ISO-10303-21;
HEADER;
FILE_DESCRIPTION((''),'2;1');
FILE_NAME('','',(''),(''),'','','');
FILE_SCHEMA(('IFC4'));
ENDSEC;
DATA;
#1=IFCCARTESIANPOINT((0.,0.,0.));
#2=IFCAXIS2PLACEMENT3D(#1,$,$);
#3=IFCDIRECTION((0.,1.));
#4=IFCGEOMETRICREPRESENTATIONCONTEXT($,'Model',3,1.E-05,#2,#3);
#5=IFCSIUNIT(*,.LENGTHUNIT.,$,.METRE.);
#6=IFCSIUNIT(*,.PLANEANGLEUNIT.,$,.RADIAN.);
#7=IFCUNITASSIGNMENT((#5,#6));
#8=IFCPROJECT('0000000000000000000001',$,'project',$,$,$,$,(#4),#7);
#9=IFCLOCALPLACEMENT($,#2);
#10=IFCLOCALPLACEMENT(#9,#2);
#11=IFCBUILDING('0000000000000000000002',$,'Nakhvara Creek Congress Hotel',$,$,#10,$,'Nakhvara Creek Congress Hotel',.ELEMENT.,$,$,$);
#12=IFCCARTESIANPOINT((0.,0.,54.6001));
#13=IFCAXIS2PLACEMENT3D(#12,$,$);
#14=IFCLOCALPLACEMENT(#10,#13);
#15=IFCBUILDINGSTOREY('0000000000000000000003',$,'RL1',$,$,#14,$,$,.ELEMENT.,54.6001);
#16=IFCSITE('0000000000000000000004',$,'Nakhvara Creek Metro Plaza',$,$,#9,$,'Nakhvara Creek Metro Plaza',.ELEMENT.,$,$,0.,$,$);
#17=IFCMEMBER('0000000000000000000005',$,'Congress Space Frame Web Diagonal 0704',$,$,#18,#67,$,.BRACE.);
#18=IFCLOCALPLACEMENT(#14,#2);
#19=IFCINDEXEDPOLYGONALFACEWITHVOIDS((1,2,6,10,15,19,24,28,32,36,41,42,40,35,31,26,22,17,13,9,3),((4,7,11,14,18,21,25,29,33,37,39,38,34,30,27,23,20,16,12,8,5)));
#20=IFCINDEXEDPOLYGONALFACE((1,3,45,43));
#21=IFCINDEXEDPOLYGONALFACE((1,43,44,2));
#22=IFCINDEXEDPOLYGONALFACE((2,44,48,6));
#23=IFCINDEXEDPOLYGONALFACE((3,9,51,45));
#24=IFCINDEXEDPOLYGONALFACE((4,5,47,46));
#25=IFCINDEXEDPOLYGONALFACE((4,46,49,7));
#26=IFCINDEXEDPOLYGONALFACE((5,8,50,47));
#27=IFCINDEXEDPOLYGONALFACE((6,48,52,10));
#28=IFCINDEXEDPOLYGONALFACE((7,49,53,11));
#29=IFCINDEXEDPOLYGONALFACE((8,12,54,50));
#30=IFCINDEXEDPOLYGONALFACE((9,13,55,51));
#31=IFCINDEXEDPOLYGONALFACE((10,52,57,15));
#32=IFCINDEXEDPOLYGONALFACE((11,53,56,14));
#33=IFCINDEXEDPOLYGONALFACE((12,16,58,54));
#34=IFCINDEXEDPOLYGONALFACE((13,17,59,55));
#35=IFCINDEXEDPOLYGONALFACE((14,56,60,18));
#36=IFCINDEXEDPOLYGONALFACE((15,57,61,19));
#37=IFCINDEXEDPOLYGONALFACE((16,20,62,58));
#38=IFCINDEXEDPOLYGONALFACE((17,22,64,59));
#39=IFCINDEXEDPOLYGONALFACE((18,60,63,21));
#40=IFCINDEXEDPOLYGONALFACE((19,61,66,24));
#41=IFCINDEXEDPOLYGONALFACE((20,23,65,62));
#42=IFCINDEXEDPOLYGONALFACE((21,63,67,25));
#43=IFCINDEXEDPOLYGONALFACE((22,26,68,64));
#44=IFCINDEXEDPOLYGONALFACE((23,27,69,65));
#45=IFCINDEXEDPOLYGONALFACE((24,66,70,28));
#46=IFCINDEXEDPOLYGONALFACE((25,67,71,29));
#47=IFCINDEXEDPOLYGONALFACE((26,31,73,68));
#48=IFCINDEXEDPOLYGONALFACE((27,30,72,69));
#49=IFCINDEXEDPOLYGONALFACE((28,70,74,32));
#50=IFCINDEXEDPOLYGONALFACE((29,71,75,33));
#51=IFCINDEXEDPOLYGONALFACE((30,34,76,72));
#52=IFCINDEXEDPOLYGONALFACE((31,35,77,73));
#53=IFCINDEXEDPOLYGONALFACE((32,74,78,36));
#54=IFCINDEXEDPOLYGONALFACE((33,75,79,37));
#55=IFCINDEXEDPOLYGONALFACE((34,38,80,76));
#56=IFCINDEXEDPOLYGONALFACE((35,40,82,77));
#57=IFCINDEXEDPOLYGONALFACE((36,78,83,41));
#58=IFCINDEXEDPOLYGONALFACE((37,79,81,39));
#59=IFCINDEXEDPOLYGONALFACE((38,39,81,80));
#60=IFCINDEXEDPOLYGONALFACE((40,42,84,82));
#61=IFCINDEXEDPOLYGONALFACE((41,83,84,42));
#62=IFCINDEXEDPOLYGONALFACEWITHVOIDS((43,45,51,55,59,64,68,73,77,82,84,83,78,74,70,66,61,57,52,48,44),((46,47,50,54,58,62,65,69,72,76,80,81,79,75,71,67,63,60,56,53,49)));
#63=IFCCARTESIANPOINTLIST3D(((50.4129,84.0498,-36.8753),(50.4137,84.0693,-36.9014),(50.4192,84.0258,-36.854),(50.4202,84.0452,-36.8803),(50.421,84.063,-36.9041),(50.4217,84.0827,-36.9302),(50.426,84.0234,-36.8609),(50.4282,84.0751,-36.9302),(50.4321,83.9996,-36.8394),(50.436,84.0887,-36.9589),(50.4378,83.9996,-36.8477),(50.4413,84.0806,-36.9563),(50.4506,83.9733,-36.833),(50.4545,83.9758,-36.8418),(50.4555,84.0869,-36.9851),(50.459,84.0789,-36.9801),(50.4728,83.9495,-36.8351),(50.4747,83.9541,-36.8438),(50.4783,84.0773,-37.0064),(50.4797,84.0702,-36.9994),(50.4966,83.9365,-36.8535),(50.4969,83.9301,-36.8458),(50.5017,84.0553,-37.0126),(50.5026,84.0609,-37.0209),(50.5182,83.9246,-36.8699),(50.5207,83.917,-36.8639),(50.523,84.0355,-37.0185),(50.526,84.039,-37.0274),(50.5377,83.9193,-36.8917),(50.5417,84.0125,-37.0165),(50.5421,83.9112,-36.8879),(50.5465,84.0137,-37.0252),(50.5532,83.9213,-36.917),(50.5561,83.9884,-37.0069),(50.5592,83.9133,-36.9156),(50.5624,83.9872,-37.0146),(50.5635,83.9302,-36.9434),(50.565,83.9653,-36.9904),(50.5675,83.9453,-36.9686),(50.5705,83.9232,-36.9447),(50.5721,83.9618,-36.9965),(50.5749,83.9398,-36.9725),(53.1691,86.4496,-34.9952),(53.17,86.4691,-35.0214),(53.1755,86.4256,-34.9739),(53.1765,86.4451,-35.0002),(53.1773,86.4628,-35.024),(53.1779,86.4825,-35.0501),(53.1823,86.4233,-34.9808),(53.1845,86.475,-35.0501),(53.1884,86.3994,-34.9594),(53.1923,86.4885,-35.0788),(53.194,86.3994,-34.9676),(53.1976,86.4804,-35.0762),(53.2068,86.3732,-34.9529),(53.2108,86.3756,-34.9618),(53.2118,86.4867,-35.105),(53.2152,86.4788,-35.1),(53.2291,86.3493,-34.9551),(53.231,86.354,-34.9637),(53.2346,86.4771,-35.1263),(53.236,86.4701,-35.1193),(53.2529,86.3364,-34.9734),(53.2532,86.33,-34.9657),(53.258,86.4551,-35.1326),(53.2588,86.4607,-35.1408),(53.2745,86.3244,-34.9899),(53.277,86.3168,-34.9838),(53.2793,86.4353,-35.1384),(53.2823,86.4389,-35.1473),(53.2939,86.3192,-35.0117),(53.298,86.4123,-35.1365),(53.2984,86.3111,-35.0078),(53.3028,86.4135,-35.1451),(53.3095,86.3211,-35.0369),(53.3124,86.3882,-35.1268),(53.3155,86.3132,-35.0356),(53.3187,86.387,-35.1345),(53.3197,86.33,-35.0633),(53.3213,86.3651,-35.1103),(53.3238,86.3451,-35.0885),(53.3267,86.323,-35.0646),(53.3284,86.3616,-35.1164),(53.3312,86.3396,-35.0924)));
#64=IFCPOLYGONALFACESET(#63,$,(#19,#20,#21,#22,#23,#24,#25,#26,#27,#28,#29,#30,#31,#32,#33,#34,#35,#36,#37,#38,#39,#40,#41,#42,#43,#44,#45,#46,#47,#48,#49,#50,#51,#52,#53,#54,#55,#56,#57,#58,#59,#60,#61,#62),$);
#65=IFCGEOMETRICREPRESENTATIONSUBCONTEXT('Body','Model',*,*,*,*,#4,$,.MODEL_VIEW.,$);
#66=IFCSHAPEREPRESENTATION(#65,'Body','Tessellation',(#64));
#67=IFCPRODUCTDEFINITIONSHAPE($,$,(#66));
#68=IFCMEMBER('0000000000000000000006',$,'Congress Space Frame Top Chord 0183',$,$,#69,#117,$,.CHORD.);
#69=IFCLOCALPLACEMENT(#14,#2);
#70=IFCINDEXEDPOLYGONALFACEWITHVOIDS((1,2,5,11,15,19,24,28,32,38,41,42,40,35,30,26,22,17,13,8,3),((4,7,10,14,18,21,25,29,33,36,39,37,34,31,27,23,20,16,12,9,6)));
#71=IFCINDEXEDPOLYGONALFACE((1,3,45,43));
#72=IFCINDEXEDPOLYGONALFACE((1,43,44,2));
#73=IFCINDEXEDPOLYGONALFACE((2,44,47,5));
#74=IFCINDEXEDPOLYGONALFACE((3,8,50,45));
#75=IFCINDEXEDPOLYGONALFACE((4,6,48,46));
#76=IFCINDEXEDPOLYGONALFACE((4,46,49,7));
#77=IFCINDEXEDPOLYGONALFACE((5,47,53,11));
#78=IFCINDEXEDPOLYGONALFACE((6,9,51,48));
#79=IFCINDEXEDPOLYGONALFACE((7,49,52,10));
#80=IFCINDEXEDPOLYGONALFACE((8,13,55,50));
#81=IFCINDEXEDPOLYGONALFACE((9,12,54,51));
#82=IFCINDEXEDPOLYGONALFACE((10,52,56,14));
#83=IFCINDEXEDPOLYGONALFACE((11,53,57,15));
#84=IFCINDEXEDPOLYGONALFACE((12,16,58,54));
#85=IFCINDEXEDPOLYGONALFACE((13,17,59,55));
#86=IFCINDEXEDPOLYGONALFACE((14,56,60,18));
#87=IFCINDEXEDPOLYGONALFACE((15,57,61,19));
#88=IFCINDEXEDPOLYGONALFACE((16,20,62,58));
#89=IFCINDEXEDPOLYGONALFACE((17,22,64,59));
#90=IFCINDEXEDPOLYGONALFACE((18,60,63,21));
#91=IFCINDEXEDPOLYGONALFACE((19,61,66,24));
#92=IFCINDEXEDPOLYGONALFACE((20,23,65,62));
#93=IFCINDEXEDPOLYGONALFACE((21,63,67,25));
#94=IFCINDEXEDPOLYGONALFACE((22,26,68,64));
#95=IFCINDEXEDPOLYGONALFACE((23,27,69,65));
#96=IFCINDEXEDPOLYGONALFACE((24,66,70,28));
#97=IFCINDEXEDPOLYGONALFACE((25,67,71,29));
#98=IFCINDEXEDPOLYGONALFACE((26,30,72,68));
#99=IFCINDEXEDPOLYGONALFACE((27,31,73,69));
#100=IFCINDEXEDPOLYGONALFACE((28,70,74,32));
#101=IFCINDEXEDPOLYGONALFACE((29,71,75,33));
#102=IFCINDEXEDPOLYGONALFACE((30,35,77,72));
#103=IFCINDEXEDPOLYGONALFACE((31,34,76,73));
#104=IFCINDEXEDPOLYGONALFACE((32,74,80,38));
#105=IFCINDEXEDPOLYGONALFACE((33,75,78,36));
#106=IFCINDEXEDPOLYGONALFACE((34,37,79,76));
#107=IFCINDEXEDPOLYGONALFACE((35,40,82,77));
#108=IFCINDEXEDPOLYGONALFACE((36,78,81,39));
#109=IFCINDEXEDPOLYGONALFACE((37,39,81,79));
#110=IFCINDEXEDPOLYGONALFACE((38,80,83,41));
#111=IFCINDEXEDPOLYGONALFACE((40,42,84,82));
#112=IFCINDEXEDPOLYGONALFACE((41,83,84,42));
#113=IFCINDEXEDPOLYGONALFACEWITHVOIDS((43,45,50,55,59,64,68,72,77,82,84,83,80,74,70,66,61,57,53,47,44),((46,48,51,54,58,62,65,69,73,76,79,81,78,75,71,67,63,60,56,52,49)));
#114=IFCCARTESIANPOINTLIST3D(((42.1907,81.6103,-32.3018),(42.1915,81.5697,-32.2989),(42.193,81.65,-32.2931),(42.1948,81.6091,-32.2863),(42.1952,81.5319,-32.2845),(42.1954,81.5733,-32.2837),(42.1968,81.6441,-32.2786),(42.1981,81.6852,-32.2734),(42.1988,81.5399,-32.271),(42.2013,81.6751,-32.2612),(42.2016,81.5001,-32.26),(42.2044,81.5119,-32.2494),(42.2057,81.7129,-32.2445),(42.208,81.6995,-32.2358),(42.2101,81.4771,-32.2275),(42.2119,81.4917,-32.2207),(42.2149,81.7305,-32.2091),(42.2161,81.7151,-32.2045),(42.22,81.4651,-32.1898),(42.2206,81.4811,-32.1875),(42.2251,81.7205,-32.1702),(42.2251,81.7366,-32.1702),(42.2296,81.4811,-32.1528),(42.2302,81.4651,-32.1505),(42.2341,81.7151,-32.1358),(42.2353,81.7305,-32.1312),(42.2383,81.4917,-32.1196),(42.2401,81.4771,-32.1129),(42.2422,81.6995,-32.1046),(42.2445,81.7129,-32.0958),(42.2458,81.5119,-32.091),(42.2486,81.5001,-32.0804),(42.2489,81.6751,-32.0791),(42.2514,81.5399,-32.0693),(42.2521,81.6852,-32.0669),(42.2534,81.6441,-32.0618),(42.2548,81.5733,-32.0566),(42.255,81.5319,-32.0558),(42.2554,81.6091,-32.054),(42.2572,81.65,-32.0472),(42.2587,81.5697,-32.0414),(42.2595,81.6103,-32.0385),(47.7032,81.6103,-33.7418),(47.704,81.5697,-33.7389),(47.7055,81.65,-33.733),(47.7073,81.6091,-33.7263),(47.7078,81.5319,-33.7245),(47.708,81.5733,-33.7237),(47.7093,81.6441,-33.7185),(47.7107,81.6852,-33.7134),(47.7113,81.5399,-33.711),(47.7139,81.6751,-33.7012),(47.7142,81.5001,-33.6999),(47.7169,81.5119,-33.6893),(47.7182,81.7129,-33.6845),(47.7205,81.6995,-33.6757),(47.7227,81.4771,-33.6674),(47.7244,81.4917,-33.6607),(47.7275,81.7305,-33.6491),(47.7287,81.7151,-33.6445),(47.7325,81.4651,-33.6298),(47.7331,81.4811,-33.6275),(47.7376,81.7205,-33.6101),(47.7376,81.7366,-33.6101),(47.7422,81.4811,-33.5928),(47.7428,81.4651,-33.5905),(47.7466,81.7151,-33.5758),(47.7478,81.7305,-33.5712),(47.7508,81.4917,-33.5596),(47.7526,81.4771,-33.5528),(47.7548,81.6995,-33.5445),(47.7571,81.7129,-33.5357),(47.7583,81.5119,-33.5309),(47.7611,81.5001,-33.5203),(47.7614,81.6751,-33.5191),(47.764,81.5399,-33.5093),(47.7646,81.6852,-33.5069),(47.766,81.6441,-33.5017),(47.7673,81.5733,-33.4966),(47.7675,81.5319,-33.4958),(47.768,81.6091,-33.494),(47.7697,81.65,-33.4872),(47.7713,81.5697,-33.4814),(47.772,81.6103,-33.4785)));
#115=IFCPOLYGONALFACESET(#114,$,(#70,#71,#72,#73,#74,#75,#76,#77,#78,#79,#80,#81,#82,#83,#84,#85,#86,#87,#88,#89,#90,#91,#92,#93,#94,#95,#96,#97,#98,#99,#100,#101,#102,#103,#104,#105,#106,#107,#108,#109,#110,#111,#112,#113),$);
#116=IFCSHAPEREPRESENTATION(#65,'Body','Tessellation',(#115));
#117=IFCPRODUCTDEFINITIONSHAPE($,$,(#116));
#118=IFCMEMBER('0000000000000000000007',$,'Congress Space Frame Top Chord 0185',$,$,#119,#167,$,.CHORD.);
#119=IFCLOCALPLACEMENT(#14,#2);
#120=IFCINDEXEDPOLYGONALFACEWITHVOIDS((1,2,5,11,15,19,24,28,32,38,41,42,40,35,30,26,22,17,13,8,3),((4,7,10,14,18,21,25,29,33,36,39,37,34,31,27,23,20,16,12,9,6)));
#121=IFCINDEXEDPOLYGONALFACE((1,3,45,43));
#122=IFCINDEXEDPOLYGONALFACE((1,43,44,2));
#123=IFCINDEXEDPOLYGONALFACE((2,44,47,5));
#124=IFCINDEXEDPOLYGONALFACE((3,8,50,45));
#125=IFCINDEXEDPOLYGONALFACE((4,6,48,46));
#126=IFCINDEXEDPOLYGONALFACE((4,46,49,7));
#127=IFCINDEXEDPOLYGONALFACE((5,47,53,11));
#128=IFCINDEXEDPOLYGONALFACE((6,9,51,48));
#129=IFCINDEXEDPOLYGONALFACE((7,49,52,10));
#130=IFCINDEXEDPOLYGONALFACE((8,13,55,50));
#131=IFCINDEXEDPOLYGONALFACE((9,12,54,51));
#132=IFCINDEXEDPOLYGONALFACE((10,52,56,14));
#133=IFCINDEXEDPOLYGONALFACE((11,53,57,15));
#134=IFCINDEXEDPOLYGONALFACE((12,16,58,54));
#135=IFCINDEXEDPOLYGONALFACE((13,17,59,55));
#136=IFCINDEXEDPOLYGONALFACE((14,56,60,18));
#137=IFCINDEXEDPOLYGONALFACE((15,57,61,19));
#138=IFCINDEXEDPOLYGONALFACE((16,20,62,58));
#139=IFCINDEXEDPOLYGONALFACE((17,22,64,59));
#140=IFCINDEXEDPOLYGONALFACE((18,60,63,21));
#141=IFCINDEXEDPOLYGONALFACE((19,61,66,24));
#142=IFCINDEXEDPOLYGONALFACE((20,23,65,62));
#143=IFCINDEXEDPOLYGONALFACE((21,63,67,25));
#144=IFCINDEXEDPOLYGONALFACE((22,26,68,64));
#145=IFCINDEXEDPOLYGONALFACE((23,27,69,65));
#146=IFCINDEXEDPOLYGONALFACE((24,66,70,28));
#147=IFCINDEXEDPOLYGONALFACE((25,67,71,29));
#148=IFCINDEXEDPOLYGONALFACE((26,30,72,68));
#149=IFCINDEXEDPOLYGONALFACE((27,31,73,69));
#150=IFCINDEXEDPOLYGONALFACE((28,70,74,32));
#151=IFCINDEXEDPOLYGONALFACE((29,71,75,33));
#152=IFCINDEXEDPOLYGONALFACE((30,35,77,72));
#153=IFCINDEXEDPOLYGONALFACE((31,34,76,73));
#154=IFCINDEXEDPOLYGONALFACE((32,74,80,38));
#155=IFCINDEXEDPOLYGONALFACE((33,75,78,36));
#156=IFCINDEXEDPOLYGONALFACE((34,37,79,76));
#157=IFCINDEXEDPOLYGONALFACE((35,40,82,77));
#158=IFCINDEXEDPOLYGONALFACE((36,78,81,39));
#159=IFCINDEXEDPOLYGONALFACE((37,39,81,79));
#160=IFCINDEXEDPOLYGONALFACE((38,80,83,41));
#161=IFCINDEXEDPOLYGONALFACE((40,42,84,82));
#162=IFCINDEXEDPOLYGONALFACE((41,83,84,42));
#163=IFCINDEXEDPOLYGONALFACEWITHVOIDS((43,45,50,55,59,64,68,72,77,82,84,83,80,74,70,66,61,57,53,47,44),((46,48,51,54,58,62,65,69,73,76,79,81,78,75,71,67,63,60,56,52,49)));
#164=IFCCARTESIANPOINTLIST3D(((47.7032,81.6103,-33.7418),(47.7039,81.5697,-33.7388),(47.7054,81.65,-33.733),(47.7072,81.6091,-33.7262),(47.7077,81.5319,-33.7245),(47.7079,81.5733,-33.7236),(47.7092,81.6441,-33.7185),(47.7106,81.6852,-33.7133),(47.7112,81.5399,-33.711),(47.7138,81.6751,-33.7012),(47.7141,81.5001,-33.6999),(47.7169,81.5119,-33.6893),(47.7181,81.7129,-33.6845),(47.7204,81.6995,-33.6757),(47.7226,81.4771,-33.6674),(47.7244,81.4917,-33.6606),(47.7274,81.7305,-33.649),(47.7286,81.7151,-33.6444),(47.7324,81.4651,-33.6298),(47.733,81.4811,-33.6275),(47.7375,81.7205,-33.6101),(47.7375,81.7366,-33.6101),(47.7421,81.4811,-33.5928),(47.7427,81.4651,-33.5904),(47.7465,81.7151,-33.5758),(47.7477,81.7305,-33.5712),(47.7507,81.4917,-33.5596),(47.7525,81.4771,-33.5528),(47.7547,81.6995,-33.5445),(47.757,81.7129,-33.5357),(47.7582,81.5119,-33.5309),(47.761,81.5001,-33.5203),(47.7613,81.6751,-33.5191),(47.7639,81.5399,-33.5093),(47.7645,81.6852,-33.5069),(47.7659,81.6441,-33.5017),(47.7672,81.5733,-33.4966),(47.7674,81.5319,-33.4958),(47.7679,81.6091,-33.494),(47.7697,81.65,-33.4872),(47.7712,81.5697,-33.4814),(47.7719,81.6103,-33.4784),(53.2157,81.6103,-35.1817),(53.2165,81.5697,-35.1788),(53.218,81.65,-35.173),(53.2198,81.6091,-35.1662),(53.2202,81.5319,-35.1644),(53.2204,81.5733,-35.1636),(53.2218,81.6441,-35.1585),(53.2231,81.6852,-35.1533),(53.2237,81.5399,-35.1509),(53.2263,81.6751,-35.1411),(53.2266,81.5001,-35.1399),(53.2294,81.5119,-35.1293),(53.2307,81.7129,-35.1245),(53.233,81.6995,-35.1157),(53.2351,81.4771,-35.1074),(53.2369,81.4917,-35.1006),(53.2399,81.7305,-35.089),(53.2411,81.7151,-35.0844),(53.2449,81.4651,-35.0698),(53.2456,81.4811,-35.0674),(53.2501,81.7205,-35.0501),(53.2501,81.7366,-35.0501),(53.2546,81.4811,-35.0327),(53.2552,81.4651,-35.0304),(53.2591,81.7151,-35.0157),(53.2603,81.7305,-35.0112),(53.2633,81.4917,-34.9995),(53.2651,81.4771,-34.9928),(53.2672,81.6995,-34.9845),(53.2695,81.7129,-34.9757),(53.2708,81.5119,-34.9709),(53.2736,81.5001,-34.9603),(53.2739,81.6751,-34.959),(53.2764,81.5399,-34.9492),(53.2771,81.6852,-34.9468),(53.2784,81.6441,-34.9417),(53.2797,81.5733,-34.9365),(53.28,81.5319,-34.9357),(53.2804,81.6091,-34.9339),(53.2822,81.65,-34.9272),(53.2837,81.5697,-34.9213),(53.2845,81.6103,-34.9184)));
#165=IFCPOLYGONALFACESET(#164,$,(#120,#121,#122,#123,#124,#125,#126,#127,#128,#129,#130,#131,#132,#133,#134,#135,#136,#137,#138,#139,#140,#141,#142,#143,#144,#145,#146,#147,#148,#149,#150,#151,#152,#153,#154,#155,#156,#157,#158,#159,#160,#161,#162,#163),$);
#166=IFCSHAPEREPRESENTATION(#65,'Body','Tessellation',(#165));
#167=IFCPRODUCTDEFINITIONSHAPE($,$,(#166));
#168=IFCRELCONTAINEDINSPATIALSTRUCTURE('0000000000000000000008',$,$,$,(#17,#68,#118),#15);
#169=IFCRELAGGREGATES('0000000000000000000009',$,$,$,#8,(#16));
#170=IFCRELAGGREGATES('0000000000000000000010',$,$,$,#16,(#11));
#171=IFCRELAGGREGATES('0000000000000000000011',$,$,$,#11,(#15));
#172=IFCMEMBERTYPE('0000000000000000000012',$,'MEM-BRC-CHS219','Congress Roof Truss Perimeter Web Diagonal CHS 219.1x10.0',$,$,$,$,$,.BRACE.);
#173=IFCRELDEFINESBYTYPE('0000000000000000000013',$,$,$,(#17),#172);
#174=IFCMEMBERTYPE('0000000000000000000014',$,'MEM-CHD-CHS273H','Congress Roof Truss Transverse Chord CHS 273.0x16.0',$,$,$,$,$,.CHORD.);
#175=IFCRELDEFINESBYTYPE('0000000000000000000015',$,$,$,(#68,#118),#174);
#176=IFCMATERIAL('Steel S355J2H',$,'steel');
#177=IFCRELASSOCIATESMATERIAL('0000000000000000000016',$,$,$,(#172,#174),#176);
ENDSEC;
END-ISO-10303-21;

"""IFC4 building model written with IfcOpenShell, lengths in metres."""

from ifc_helpers import new_model, si_unit, direction, frame, origin, origin_2d, place, context, subcontext, project, spatial, hollow_circle, extrude, material, material_profile, profile_set, type_object, element, save


model = new_model("IFC4")

# Units and contexts
model_context = context("Model", 3, precision=1e-05, world=origin(), true_north=direction((0.0, 1.0)))
body_context = subcontext(model_context, "Body", "Model", "MODEL_VIEW")
ifc_project = project(units=[si_unit("LENGTHUNIT", "METRE"), si_unit("PLANEANGLEUNIT", "RADIAN")], contexts=[model_context])

# Site, building, storey
site_placement = place(None, origin())
site = spatial("IfcSite", under=ifc_project, at=site_placement, Name="Nakhvara Creek Metro Plaza", LongName="Nakhvara Creek Metro Plaza", CompositionType="ELEMENT", RefElevation=0.0)
building_placement = place(site_placement, origin())
building = spatial("IfcBuilding", under=site, at=building_placement, Name="Nakhvara Creek Congress Hotel", LongName="Nakhvara Creek Congress Hotel", CompositionType="ELEMENT")
storey_placement = place(building_placement, frame((0.0, 0.0, 54.6001)))
storey = spatial("IfcBuildingStorey", under=building, at=storey_placement, Name="RL1", CompositionType="ELEMENT", Elevation=54.6001)

# Members
ifc_material_1 = material(Name="Steel S355J2H", Category="steel")
ifc_material_profile_1 = material_profile(ifc_material_1, hollow_circle(Radius=0.1096, WallThickness=0.01, at=origin_2d()), Name="CHS 219.1x10.0", Category="LoadBearing")
ifc_profile_set_1 = profile_set([ifc_material_profile_1], Name="Steel S355J2H")
member_type_1 = type_object("IfcMemberType", Name="MEM-BRC-CHS219", Description="Congress Roof Truss Perimeter Web Diagonal CHS 219.1x10.0", PredefinedType="BRACE", material=ifc_profile_set_1)
for number, where, z_axis, x_axis, name in (
    (1, (50.4937, 84.0, -36.9302), (0.670649, 0.583922, 0.457455), (-0.656658, 0.754188, 0.0), "Congress Space Frame Web Diagonal 0704"),
):
    element("IfcMember", number, at=place(storey_placement, frame(where, z_axis=z_axis, x_axis=x_axis)), inside=storey, type_object=member_type_1, Name=name, PredefinedType="BRACE", context=body_context, shape_type="SweptSolid", body=[
        extrude(hollow_circle(Radius=0.1096, WallThickness=0.01, at=origin_2d()), origin(), (0.0, 0.0, 1.0), 4.1099),
    ])
ifc_material_profile_2 = material_profile(ifc_material_1, hollow_circle(Radius=0.1365, WallThickness=0.0161, at=origin_2d()), Name="CHS 273.0x16.0", Category="LoadBearing")
ifc_profile_set_2 = profile_set([ifc_material_profile_2], Name="Steel S355J2H")
member_type_2 = type_object("IfcMemberType", Name="MEM-CHD-CHS273H", Description="Congress Roof Truss Transverse Chord CHS 273.0x16.0", PredefinedType="CHORD", material=ifc_profile_set_2)
for number, where, z_axis, x_axis, name in (
    (2, (42.2251, 81.6001, -32.1702), (0.967535, 0.0, -0.252736), (0.0, 1.0, 0.0), "Congress Space Frame Top Chord 0183"),
    (3, (47.7375, 81.6001, -33.6101), (0.967535, 0.0, -0.252736), (0.0, 1.0, 0.0), "Congress Space Frame Top Chord 0185"),
):
    element("IfcMember", number, at=place(storey_placement, frame(where, z_axis=z_axis, x_axis=x_axis)), inside=storey, type_object=member_type_2, Name=name, PredefinedType="CHORD", context=body_context, shape_type="SweptSolid", body=[
        extrude(hollow_circle(Radius=0.1365, WallThickness=0.0161, at=origin_2d()), origin(), (0.0, 0.0, 1.0), 5.6975),
    ])

save(model, "model.ifc")
